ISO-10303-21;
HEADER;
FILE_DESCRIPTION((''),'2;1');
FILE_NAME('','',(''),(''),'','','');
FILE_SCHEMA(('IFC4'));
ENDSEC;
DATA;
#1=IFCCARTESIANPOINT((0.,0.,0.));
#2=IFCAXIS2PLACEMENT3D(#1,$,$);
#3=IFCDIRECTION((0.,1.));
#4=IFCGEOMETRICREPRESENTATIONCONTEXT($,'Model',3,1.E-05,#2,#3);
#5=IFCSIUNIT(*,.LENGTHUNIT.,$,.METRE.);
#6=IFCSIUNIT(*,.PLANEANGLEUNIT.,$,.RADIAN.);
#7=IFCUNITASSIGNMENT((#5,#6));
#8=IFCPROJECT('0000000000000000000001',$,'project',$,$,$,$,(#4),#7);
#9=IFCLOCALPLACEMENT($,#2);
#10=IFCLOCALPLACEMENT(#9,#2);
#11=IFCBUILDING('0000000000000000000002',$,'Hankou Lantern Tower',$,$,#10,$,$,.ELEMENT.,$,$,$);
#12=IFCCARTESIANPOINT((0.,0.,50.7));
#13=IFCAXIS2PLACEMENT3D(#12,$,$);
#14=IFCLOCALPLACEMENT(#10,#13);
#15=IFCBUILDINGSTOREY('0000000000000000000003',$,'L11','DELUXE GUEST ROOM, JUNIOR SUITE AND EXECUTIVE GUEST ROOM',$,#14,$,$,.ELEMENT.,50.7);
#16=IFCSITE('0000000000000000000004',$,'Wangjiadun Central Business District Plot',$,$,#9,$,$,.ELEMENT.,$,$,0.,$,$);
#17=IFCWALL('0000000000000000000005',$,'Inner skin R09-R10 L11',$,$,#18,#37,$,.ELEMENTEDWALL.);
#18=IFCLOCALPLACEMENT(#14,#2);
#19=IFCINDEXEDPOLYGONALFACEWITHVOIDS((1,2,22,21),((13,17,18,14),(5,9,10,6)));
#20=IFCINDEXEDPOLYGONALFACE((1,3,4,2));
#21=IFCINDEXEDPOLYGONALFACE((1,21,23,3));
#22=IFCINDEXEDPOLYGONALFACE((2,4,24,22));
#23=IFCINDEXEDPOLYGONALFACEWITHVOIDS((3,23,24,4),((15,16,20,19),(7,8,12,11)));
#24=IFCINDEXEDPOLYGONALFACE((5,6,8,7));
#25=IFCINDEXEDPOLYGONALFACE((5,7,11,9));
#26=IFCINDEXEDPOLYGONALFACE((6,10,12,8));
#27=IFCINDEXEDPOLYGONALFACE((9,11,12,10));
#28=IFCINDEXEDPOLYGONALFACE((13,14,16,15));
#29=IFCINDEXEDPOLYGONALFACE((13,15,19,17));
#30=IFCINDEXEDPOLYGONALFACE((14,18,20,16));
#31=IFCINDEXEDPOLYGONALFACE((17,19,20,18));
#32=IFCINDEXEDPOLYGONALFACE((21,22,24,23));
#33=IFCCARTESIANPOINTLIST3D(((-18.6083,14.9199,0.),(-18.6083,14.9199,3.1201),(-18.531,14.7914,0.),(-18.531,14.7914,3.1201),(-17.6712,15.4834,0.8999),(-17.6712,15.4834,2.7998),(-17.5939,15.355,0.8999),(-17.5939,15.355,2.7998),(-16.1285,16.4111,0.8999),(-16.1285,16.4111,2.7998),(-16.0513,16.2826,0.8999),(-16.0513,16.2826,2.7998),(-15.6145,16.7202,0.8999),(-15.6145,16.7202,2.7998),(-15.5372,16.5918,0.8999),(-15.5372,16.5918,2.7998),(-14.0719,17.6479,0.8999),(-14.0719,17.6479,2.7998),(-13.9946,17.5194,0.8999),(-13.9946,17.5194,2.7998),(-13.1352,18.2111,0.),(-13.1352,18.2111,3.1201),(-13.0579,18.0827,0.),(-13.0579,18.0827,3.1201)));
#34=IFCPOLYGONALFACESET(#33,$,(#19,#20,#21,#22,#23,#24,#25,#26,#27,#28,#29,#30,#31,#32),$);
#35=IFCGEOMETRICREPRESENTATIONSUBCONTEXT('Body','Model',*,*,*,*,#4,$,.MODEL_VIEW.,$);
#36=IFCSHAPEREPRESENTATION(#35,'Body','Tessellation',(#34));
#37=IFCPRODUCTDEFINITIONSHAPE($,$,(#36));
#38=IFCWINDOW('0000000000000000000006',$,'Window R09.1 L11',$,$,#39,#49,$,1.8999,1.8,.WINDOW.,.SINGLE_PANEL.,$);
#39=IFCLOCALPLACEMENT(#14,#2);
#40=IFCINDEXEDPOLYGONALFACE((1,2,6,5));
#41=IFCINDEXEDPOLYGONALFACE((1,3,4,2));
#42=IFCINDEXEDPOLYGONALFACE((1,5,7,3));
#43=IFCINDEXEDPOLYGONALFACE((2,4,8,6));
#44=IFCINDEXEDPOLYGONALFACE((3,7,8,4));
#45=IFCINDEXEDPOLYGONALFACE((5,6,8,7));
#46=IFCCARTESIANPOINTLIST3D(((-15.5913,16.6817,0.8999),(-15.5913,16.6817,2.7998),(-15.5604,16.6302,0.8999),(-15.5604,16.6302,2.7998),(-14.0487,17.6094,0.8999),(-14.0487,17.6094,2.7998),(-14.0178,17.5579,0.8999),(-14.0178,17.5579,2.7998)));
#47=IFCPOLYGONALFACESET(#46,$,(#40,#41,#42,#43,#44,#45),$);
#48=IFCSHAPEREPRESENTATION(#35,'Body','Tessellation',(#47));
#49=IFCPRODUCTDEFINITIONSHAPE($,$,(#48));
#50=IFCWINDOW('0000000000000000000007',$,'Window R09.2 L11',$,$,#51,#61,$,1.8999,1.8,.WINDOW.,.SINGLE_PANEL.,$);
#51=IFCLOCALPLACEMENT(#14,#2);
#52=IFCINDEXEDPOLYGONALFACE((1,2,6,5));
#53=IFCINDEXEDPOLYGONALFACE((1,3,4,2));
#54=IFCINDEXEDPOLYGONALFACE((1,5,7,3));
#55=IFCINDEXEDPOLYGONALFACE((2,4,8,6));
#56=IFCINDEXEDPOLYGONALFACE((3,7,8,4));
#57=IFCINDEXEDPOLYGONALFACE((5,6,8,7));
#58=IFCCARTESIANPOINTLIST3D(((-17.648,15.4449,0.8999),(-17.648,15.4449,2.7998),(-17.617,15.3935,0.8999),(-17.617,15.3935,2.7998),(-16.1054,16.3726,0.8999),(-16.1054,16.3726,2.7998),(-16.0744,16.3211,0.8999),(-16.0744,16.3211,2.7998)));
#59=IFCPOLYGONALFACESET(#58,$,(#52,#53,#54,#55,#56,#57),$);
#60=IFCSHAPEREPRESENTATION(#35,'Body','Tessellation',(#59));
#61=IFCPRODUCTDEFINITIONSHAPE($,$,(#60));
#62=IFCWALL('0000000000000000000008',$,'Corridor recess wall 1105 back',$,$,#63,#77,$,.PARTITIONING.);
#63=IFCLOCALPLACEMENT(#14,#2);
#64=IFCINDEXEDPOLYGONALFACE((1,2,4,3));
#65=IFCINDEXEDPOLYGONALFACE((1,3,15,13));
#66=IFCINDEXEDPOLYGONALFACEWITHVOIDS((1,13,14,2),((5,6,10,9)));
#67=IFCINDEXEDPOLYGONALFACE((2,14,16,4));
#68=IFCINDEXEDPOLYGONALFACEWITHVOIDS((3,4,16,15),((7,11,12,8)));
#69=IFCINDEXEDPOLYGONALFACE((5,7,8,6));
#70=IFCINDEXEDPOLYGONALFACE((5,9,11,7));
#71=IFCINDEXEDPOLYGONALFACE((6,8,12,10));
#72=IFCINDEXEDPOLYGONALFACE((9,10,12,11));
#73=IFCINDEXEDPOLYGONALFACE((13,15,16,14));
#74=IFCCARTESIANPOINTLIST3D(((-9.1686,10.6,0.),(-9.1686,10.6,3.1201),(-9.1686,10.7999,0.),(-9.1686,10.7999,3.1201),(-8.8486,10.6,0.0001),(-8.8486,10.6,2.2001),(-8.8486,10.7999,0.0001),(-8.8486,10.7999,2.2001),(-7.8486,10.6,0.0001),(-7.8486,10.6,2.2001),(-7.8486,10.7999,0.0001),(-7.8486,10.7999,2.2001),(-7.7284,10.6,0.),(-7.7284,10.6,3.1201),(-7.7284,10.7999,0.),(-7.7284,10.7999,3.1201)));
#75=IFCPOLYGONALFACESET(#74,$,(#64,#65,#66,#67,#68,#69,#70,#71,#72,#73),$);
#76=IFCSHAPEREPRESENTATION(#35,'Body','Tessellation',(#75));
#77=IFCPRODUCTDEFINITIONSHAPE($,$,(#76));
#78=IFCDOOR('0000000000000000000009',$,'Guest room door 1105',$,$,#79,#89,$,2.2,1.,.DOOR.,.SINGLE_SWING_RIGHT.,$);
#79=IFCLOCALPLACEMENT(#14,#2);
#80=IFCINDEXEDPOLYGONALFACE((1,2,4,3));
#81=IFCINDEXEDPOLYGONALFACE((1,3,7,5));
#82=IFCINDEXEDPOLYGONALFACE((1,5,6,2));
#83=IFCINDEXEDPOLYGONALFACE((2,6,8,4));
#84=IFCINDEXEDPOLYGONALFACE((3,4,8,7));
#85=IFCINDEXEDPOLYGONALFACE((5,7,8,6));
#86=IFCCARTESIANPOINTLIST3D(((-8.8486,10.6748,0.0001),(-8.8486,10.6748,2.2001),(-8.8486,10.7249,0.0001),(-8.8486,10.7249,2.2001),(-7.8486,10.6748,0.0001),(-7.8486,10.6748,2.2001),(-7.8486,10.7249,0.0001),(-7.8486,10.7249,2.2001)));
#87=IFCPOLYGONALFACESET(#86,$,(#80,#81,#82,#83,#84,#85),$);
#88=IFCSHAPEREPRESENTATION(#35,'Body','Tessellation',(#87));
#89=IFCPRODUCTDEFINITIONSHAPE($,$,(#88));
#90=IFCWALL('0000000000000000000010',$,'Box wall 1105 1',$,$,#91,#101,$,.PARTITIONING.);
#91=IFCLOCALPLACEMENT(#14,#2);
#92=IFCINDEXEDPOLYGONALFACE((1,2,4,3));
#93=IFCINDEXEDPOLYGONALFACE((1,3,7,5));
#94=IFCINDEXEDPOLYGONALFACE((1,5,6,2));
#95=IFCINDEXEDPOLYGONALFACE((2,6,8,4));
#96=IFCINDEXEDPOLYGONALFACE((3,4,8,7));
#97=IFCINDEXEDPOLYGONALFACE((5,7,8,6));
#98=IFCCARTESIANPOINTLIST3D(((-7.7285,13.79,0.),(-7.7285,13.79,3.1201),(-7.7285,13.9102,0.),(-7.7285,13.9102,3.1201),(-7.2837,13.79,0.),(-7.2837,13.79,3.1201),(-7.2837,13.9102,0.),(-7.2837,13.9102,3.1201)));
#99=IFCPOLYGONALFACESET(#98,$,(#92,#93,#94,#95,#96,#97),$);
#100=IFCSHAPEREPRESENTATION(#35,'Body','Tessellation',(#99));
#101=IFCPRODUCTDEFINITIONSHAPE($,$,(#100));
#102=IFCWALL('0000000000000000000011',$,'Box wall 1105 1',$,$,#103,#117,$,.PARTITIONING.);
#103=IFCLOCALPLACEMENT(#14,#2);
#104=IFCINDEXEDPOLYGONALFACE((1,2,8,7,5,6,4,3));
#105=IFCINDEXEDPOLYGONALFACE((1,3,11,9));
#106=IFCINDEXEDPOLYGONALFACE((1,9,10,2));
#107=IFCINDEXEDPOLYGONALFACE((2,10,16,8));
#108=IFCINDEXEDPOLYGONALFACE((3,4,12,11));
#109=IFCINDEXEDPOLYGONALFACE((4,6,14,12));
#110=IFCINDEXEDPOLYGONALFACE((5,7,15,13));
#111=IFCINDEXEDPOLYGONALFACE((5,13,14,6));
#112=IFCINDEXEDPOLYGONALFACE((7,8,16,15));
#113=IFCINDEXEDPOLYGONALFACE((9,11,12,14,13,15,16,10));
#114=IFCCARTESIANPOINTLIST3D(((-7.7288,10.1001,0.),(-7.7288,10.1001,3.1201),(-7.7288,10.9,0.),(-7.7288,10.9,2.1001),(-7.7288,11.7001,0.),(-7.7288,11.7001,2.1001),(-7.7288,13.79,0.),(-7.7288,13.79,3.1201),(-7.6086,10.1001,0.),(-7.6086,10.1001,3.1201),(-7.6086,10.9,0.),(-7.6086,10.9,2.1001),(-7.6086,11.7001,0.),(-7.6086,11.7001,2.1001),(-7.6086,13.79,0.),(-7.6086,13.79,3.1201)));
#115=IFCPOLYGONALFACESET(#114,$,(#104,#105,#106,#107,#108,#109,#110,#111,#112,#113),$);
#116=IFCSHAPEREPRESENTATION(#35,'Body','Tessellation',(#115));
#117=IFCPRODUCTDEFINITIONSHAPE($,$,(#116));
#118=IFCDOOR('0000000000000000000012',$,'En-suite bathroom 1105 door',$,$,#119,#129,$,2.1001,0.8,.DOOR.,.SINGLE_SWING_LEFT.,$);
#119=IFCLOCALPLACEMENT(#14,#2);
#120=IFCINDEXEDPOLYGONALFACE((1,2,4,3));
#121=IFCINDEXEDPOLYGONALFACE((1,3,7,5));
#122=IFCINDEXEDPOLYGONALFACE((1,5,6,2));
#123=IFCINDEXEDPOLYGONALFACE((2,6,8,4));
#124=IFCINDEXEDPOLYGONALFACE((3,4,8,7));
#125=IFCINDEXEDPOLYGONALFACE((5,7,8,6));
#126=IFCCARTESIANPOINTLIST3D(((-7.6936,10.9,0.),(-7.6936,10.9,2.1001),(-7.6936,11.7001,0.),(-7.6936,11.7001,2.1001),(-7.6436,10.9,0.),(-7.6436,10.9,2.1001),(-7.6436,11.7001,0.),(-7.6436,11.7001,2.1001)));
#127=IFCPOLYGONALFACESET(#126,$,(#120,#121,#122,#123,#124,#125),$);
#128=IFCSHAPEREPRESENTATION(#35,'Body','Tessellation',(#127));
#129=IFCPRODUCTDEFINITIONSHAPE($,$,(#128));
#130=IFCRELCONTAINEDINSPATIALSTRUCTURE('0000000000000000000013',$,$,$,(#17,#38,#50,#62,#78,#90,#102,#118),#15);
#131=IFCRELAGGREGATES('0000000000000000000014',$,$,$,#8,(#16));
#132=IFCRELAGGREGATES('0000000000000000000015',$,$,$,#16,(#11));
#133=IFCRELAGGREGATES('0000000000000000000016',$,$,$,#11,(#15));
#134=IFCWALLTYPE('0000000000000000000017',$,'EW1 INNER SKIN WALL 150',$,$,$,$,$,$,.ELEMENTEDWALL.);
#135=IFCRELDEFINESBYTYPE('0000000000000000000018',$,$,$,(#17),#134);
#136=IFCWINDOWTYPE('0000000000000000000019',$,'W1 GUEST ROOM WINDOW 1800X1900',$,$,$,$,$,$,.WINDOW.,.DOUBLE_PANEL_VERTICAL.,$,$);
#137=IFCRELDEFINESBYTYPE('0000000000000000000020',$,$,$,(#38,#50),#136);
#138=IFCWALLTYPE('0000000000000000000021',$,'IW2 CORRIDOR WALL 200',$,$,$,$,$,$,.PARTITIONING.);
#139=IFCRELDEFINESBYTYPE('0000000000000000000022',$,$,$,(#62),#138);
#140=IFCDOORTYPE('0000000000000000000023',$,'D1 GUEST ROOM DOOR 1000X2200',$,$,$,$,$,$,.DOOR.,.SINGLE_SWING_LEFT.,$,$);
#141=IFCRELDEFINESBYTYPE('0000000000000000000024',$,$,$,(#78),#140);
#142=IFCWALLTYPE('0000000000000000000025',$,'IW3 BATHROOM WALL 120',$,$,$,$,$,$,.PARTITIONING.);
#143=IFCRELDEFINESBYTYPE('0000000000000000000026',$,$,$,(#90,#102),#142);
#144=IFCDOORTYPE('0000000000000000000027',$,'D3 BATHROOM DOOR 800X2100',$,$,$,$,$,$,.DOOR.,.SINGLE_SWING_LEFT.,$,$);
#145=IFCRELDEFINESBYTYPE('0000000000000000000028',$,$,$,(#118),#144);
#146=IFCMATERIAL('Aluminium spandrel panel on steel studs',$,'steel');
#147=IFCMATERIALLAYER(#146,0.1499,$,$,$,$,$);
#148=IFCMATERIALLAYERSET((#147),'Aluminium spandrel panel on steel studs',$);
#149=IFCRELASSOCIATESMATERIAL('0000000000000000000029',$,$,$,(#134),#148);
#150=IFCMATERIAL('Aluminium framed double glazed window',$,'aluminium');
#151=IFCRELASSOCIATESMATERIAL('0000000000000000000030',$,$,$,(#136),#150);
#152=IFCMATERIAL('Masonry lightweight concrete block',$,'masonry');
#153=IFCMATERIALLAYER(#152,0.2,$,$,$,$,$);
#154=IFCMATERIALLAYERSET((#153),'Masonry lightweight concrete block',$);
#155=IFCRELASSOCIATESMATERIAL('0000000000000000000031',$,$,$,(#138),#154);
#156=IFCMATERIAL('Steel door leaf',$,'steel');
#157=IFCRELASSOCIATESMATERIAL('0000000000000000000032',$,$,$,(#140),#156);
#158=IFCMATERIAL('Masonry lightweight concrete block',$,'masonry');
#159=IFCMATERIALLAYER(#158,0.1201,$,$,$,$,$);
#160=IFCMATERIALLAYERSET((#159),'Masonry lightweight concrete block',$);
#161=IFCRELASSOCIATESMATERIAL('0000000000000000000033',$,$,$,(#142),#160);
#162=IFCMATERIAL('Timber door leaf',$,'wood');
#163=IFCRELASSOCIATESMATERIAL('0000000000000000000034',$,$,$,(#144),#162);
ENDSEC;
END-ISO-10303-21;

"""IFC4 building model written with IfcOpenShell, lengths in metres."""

from ifc_helpers import new_model, si_unit, direction, frame, frame_2d, origin, place, context, subcontext, project, spatial, rectangle, extrude, material, layer, layer_set, type_object, element, fill, save


model = new_model("IFC4")

# Units and contexts
model_context = context("Model", 3, precision=1e-05, world=origin(), true_north=direction((0.0, 1.0)))
body_context = subcontext(model_context, "Body", "Model", "MODEL_VIEW")
ifc_project = project(units=[si_unit("LENGTHUNIT", "METRE"), si_unit("PLANEANGLEUNIT", "RADIAN")], contexts=[model_context])

# Site, building, storey
site_placement = place(None, origin())
site = spatial("IfcSite", under=ifc_project, at=site_placement, Name="Wangjiadun Central Business District Plot", CompositionType="ELEMENT", RefElevation=0.0)
building_placement = place(site_placement, origin())
building = spatial("IfcBuilding", under=site, at=building_placement, Name="Hankou Lantern Tower", CompositionType="ELEMENT")
storey_placement = place(building_placement, frame((0.0, 0.0, 50.7)))
storey = spatial("IfcBuildingStorey", under=building, at=storey_placement, Name="L11", Description="DELUXE GUEST ROOM, JUNIOR SUITE AND EXECUTIVE GUEST ROOM", CompositionType="ELEMENT", Elevation=50.7)

# Wall, openings, windows
ifc_material_1 = material(Name="Aluminium spandrel panel on steel studs", Category="steel")
ifc_layer_1 = layer(ifc_material_1, 0.1499)
ifc_layer_set_1 = layer_set([ifc_layer_1], Name="Aluminium spandrel panel on steel studs")
wall_type_1 = type_object("IfcWallType", Name="EW1 INNER SKIN WALL 150", PredefinedType="ELEMENTEDWALL", material=ifc_layer_set_1)
wall_1_placement = place(storey_placement, frame((-13.0964, 18.147, 0.0), z_axis=(0.0, 0.0, 1.0), x_axis=(-0.856983, -0.515344, 0.0)))
wall_1 = element("IfcWall", 1, at=wall_1_placement, inside=storey, type_object=wall_type_1, Name="Inner skin R09-R10 L11", PredefinedType="ELEMENTEDWALL", context=body_context, shape_type="SweptSolid", body=[
    extrude(rectangle(XDim=6.3865, YDim=0.1499, at=frame_2d((3.1934, 0.0))), origin(), (0.0, 0.0, 1.0), 3.1201),
])
opening_1_placement = place(wall_1_placement, frame((1.0933, 0.0, 0.8999)))
opening_1 = element("IfcOpeningElement", 2, at=opening_1_placement, cuts=wall_1, PredefinedType="OPENING", context=body_context, shape_type="SweptSolid", body=[
    extrude(rectangle(XDim=1.8, YDim=1.8999, at=frame_2d((0.8999, 0.95))), frame((0.0, 0.085, 0.0), z_axis=(0.0, -1.0, 0.0), x_axis=(1.0, 0.0, 0.0)), (0.0, 0.0, 1.0), 0.1699),
])
opening_2_placement = place(wall_1_placement, frame((3.4932, 0.0, 0.8999)))
opening_2 = element("IfcOpeningElement", 3, at=opening_2_placement, cuts=wall_1, PredefinedType="OPENING", context=body_context, shape_type="SweptSolid", body=[
    extrude(rectangle(XDim=1.8, YDim=1.8999, at=frame_2d((0.8999, 0.95))), frame((0.0, 0.085, 0.0), z_axis=(0.0, -1.0, 0.0), x_axis=(1.0, 0.0, 0.0)), (0.0, 0.0, 1.0), 0.1699),
])
ifc_material_2 = material(Name="Aluminium framed double glazed window", Category="aluminium")
window_type = type_object("IfcWindowType", Name="W1 GUEST ROOM WINDOW 1800X1900", PartitioningType="DOUBLE_PANEL_VERTICAL", PredefinedType="WINDOW", material=ifc_material_2)
window_1_placement = place(opening_1_placement, origin())
window_1 = element("IfcWindow", 4, at=window_1_placement, inside=storey, type_object=window_type, Name="Window R09.1 L11", OverallHeight=1.8999, OverallWidth=1.8, PartitioningType="SINGLE_PANEL", PredefinedType="WINDOW", context=body_context, shape_type="SweptSolid", body=[
    extrude(rectangle(XDim=1.8, YDim=1.8999, at=frame_2d((0.8999, 0.95))), frame((0.0, 0.03, 0.0), z_axis=(0.0, -1.0, 0.0), x_axis=(1.0, 0.0, 0.0)), (0.0, 0.0, 1.0), 0.0601),
])
fill(opening_1, window_1)
window_2_placement = place(opening_2_placement, origin())
window_2 = element("IfcWindow", 5, at=window_2_placement, inside=storey, type_object=window_type, Name="Window R09.2 L11", OverallHeight=1.8999, OverallWidth=1.8, PartitioningType="SINGLE_PANEL", PredefinedType="WINDOW", context=body_context, shape_type="SweptSolid", body=[
    extrude(rectangle(XDim=1.8, YDim=1.8999, at=frame_2d((0.8999, 0.95))), frame((0.0, 0.03, 0.0), z_axis=(0.0, -1.0, 0.0), x_axis=(1.0, 0.0, 0.0)), (0.0, 0.0, 1.0), 0.0601),
])
fill(opening_2, window_2)

# Wall, opening, door
ifc_material_3 = material(Name="Masonry lightweight concrete block", Category="masonry")
ifc_layer_2 = layer(ifc_material_3, 0.2)
ifc_layer_set_2 = layer_set([ifc_layer_2], Name="Masonry lightweight concrete block")
wall_type_2 = type_object("IfcWallType", Name="IW2 CORRIDOR WALL 200", PredefinedType="PARTITIONING", material=ifc_layer_set_2)
wall_2_placement = place(storey_placement, frame((-9.1687, 10.7, 0.0), z_axis=(0.0, 0.0, 1.0), x_axis=(1.0, 0.0, 0.0)))
wall_2 = element("IfcWall", 6, at=wall_2_placement, inside=storey, type_object=wall_type_2, Name="Corridor recess wall 1105 back", PredefinedType="PARTITIONING", context=body_context, shape_type="SweptSolid", body=[
    extrude(rectangle(XDim=1.4402, YDim=0.2, at=frame_2d((0.7202, 0.0))), origin(), (0.0, 0.0, 1.0), 3.1201),
])
opening_3_placement = place(wall_2_placement, frame((0.3201, 0.0, 0.0)))
opening_3 = element("IfcOpeningElement", 7, at=opening_3_placement, cuts=wall_2, PredefinedType="OPENING", context=body_context, shape_type="SweptSolid", body=[
    extrude(rectangle(XDim=1.0, YDim=2.2, at=frame_2d((0.5, 1.1001))), frame((0.0, 0.1099, 0.0), z_axis=(0.0, -1.0, 0.0), x_axis=(1.0, 0.0, 0.0)), (0.0, 0.0, 1.0), 0.22),
])
ifc_material_4 = material(Name="Steel door leaf", Category="steel")
door_type_1 = type_object("IfcDoorType", Name="D1 GUEST ROOM DOOR 1000X2200", OperationType="SINGLE_SWING_LEFT", PredefinedType="DOOR", material=ifc_material_4)
door_1_placement = place(opening_3_placement, origin())
door_1 = element("IfcDoor", 8, at=door_1_placement, inside=storey, type_object=door_type_1, Name="Guest room door 1105", OperationType="SINGLE_SWING_RIGHT", OverallHeight=2.2, OverallWidth=1.0, PredefinedType="DOOR", context=body_context, shape_type="SweptSolid", body=[
    extrude(rectangle(XDim=1.0, YDim=2.2, at=frame_2d((0.5, 1.1001))), frame((0.0, 0.0249, 0.0), z_axis=(0.0, -1.0, 0.0), x_axis=(1.0, 0.0, 0.0)), (0.0, 0.0, 1.0), 0.05),
])
fill(opening_3, door_1)

# Wall
ifc_material_5 = material(Name="Masonry lightweight concrete block", Category="masonry")
ifc_layer_3 = layer(ifc_material_5, 0.1201)
ifc_layer_set_3 = layer_set([ifc_layer_3], Name="Masonry lightweight concrete block")
wall_type_3 = type_object("IfcWallType", Name="IW3 BATHROOM WALL 120", PredefinedType="PARTITIONING", material=ifc_layer_set_3)
wall_3_placement = place(storey_placement, frame((-7.2837, 13.8501, 0.0), z_axis=(0.0, 0.0, 1.0), x_axis=(-1.0, 0.0, 0.0)))
element("IfcWall", 9, at=wall_3_placement, inside=storey, type_object=wall_type_3, Name="Box wall 1105 1", PredefinedType="PARTITIONING", context=body_context, shape_type="SweptSolid", body=[
    extrude(rectangle(XDim=0.4448, YDim=0.1201, at=frame_2d((0.2224, 0.0))), origin(), (0.0, 0.0, 1.0), 3.1201),
])

# Wall, opening, door
wall_4_placement = place(storey_placement, frame((-7.6687, 10.1001, 0.0), z_axis=(0.0, 0.0, 1.0), x_axis=(0.0, 1.0, 0.0)))
wall_4 = element("IfcWall", 10, at=wall_4_placement, inside=storey, type_object=wall_type_3, Name="Box wall 1105 1", PredefinedType="PARTITIONING", context=body_context, shape_type="SweptSolid", body=[
    extrude(rectangle(XDim=3.6899, YDim=0.1201, at=frame_2d((1.845, 0.0))), origin(), (0.0, 0.0, 1.0), 3.1201),
])
opening_4_placement = place(wall_4_placement, frame((0.8, 0.0, 0.0)))
opening_4 = element("IfcOpeningElement", 11, at=opening_4_placement, cuts=wall_4, PredefinedType="OPENING", context=body_context, shape_type="SweptSolid", body=[
    extrude(rectangle(XDim=0.8, YDim=2.1001, at=frame_2d((0.3999, 1.05))), frame((0.0, 0.0701, 0.0), z_axis=(0.0, -1.0, 0.0), x_axis=(1.0, 0.0, 0.0)), (0.0, 0.0, 1.0), 0.1401),
])
ifc_material_6 = material(Name="Timber door leaf", Category="wood")
door_type_2 = type_object("IfcDoorType", Name="D3 BATHROOM DOOR 800X2100", OperationType="SINGLE_SWING_LEFT", PredefinedType="DOOR", material=ifc_material_6)
door_2_placement = place(opening_4_placement, origin())
door_2 = element("IfcDoor", 12, at=door_2_placement, inside=storey, type_object=door_type_2, Name="En-suite bathroom 1105 door", OperationType="SINGLE_SWING_LEFT", OverallHeight=2.1001, OverallWidth=0.8, PredefinedType="DOOR", context=body_context, shape_type="SweptSolid", body=[
    extrude(rectangle(XDim=0.8, YDim=2.1001, at=frame_2d((0.3999, 1.05))), frame((0.0, 0.0249, 0.0), z_axis=(0.0, -1.0, 0.0), x_axis=(1.0, 0.0, 0.0)), (0.0, 0.0, 1.0), 0.05),
])
fill(opening_4, door_2)

save(model, "model.ifc")
